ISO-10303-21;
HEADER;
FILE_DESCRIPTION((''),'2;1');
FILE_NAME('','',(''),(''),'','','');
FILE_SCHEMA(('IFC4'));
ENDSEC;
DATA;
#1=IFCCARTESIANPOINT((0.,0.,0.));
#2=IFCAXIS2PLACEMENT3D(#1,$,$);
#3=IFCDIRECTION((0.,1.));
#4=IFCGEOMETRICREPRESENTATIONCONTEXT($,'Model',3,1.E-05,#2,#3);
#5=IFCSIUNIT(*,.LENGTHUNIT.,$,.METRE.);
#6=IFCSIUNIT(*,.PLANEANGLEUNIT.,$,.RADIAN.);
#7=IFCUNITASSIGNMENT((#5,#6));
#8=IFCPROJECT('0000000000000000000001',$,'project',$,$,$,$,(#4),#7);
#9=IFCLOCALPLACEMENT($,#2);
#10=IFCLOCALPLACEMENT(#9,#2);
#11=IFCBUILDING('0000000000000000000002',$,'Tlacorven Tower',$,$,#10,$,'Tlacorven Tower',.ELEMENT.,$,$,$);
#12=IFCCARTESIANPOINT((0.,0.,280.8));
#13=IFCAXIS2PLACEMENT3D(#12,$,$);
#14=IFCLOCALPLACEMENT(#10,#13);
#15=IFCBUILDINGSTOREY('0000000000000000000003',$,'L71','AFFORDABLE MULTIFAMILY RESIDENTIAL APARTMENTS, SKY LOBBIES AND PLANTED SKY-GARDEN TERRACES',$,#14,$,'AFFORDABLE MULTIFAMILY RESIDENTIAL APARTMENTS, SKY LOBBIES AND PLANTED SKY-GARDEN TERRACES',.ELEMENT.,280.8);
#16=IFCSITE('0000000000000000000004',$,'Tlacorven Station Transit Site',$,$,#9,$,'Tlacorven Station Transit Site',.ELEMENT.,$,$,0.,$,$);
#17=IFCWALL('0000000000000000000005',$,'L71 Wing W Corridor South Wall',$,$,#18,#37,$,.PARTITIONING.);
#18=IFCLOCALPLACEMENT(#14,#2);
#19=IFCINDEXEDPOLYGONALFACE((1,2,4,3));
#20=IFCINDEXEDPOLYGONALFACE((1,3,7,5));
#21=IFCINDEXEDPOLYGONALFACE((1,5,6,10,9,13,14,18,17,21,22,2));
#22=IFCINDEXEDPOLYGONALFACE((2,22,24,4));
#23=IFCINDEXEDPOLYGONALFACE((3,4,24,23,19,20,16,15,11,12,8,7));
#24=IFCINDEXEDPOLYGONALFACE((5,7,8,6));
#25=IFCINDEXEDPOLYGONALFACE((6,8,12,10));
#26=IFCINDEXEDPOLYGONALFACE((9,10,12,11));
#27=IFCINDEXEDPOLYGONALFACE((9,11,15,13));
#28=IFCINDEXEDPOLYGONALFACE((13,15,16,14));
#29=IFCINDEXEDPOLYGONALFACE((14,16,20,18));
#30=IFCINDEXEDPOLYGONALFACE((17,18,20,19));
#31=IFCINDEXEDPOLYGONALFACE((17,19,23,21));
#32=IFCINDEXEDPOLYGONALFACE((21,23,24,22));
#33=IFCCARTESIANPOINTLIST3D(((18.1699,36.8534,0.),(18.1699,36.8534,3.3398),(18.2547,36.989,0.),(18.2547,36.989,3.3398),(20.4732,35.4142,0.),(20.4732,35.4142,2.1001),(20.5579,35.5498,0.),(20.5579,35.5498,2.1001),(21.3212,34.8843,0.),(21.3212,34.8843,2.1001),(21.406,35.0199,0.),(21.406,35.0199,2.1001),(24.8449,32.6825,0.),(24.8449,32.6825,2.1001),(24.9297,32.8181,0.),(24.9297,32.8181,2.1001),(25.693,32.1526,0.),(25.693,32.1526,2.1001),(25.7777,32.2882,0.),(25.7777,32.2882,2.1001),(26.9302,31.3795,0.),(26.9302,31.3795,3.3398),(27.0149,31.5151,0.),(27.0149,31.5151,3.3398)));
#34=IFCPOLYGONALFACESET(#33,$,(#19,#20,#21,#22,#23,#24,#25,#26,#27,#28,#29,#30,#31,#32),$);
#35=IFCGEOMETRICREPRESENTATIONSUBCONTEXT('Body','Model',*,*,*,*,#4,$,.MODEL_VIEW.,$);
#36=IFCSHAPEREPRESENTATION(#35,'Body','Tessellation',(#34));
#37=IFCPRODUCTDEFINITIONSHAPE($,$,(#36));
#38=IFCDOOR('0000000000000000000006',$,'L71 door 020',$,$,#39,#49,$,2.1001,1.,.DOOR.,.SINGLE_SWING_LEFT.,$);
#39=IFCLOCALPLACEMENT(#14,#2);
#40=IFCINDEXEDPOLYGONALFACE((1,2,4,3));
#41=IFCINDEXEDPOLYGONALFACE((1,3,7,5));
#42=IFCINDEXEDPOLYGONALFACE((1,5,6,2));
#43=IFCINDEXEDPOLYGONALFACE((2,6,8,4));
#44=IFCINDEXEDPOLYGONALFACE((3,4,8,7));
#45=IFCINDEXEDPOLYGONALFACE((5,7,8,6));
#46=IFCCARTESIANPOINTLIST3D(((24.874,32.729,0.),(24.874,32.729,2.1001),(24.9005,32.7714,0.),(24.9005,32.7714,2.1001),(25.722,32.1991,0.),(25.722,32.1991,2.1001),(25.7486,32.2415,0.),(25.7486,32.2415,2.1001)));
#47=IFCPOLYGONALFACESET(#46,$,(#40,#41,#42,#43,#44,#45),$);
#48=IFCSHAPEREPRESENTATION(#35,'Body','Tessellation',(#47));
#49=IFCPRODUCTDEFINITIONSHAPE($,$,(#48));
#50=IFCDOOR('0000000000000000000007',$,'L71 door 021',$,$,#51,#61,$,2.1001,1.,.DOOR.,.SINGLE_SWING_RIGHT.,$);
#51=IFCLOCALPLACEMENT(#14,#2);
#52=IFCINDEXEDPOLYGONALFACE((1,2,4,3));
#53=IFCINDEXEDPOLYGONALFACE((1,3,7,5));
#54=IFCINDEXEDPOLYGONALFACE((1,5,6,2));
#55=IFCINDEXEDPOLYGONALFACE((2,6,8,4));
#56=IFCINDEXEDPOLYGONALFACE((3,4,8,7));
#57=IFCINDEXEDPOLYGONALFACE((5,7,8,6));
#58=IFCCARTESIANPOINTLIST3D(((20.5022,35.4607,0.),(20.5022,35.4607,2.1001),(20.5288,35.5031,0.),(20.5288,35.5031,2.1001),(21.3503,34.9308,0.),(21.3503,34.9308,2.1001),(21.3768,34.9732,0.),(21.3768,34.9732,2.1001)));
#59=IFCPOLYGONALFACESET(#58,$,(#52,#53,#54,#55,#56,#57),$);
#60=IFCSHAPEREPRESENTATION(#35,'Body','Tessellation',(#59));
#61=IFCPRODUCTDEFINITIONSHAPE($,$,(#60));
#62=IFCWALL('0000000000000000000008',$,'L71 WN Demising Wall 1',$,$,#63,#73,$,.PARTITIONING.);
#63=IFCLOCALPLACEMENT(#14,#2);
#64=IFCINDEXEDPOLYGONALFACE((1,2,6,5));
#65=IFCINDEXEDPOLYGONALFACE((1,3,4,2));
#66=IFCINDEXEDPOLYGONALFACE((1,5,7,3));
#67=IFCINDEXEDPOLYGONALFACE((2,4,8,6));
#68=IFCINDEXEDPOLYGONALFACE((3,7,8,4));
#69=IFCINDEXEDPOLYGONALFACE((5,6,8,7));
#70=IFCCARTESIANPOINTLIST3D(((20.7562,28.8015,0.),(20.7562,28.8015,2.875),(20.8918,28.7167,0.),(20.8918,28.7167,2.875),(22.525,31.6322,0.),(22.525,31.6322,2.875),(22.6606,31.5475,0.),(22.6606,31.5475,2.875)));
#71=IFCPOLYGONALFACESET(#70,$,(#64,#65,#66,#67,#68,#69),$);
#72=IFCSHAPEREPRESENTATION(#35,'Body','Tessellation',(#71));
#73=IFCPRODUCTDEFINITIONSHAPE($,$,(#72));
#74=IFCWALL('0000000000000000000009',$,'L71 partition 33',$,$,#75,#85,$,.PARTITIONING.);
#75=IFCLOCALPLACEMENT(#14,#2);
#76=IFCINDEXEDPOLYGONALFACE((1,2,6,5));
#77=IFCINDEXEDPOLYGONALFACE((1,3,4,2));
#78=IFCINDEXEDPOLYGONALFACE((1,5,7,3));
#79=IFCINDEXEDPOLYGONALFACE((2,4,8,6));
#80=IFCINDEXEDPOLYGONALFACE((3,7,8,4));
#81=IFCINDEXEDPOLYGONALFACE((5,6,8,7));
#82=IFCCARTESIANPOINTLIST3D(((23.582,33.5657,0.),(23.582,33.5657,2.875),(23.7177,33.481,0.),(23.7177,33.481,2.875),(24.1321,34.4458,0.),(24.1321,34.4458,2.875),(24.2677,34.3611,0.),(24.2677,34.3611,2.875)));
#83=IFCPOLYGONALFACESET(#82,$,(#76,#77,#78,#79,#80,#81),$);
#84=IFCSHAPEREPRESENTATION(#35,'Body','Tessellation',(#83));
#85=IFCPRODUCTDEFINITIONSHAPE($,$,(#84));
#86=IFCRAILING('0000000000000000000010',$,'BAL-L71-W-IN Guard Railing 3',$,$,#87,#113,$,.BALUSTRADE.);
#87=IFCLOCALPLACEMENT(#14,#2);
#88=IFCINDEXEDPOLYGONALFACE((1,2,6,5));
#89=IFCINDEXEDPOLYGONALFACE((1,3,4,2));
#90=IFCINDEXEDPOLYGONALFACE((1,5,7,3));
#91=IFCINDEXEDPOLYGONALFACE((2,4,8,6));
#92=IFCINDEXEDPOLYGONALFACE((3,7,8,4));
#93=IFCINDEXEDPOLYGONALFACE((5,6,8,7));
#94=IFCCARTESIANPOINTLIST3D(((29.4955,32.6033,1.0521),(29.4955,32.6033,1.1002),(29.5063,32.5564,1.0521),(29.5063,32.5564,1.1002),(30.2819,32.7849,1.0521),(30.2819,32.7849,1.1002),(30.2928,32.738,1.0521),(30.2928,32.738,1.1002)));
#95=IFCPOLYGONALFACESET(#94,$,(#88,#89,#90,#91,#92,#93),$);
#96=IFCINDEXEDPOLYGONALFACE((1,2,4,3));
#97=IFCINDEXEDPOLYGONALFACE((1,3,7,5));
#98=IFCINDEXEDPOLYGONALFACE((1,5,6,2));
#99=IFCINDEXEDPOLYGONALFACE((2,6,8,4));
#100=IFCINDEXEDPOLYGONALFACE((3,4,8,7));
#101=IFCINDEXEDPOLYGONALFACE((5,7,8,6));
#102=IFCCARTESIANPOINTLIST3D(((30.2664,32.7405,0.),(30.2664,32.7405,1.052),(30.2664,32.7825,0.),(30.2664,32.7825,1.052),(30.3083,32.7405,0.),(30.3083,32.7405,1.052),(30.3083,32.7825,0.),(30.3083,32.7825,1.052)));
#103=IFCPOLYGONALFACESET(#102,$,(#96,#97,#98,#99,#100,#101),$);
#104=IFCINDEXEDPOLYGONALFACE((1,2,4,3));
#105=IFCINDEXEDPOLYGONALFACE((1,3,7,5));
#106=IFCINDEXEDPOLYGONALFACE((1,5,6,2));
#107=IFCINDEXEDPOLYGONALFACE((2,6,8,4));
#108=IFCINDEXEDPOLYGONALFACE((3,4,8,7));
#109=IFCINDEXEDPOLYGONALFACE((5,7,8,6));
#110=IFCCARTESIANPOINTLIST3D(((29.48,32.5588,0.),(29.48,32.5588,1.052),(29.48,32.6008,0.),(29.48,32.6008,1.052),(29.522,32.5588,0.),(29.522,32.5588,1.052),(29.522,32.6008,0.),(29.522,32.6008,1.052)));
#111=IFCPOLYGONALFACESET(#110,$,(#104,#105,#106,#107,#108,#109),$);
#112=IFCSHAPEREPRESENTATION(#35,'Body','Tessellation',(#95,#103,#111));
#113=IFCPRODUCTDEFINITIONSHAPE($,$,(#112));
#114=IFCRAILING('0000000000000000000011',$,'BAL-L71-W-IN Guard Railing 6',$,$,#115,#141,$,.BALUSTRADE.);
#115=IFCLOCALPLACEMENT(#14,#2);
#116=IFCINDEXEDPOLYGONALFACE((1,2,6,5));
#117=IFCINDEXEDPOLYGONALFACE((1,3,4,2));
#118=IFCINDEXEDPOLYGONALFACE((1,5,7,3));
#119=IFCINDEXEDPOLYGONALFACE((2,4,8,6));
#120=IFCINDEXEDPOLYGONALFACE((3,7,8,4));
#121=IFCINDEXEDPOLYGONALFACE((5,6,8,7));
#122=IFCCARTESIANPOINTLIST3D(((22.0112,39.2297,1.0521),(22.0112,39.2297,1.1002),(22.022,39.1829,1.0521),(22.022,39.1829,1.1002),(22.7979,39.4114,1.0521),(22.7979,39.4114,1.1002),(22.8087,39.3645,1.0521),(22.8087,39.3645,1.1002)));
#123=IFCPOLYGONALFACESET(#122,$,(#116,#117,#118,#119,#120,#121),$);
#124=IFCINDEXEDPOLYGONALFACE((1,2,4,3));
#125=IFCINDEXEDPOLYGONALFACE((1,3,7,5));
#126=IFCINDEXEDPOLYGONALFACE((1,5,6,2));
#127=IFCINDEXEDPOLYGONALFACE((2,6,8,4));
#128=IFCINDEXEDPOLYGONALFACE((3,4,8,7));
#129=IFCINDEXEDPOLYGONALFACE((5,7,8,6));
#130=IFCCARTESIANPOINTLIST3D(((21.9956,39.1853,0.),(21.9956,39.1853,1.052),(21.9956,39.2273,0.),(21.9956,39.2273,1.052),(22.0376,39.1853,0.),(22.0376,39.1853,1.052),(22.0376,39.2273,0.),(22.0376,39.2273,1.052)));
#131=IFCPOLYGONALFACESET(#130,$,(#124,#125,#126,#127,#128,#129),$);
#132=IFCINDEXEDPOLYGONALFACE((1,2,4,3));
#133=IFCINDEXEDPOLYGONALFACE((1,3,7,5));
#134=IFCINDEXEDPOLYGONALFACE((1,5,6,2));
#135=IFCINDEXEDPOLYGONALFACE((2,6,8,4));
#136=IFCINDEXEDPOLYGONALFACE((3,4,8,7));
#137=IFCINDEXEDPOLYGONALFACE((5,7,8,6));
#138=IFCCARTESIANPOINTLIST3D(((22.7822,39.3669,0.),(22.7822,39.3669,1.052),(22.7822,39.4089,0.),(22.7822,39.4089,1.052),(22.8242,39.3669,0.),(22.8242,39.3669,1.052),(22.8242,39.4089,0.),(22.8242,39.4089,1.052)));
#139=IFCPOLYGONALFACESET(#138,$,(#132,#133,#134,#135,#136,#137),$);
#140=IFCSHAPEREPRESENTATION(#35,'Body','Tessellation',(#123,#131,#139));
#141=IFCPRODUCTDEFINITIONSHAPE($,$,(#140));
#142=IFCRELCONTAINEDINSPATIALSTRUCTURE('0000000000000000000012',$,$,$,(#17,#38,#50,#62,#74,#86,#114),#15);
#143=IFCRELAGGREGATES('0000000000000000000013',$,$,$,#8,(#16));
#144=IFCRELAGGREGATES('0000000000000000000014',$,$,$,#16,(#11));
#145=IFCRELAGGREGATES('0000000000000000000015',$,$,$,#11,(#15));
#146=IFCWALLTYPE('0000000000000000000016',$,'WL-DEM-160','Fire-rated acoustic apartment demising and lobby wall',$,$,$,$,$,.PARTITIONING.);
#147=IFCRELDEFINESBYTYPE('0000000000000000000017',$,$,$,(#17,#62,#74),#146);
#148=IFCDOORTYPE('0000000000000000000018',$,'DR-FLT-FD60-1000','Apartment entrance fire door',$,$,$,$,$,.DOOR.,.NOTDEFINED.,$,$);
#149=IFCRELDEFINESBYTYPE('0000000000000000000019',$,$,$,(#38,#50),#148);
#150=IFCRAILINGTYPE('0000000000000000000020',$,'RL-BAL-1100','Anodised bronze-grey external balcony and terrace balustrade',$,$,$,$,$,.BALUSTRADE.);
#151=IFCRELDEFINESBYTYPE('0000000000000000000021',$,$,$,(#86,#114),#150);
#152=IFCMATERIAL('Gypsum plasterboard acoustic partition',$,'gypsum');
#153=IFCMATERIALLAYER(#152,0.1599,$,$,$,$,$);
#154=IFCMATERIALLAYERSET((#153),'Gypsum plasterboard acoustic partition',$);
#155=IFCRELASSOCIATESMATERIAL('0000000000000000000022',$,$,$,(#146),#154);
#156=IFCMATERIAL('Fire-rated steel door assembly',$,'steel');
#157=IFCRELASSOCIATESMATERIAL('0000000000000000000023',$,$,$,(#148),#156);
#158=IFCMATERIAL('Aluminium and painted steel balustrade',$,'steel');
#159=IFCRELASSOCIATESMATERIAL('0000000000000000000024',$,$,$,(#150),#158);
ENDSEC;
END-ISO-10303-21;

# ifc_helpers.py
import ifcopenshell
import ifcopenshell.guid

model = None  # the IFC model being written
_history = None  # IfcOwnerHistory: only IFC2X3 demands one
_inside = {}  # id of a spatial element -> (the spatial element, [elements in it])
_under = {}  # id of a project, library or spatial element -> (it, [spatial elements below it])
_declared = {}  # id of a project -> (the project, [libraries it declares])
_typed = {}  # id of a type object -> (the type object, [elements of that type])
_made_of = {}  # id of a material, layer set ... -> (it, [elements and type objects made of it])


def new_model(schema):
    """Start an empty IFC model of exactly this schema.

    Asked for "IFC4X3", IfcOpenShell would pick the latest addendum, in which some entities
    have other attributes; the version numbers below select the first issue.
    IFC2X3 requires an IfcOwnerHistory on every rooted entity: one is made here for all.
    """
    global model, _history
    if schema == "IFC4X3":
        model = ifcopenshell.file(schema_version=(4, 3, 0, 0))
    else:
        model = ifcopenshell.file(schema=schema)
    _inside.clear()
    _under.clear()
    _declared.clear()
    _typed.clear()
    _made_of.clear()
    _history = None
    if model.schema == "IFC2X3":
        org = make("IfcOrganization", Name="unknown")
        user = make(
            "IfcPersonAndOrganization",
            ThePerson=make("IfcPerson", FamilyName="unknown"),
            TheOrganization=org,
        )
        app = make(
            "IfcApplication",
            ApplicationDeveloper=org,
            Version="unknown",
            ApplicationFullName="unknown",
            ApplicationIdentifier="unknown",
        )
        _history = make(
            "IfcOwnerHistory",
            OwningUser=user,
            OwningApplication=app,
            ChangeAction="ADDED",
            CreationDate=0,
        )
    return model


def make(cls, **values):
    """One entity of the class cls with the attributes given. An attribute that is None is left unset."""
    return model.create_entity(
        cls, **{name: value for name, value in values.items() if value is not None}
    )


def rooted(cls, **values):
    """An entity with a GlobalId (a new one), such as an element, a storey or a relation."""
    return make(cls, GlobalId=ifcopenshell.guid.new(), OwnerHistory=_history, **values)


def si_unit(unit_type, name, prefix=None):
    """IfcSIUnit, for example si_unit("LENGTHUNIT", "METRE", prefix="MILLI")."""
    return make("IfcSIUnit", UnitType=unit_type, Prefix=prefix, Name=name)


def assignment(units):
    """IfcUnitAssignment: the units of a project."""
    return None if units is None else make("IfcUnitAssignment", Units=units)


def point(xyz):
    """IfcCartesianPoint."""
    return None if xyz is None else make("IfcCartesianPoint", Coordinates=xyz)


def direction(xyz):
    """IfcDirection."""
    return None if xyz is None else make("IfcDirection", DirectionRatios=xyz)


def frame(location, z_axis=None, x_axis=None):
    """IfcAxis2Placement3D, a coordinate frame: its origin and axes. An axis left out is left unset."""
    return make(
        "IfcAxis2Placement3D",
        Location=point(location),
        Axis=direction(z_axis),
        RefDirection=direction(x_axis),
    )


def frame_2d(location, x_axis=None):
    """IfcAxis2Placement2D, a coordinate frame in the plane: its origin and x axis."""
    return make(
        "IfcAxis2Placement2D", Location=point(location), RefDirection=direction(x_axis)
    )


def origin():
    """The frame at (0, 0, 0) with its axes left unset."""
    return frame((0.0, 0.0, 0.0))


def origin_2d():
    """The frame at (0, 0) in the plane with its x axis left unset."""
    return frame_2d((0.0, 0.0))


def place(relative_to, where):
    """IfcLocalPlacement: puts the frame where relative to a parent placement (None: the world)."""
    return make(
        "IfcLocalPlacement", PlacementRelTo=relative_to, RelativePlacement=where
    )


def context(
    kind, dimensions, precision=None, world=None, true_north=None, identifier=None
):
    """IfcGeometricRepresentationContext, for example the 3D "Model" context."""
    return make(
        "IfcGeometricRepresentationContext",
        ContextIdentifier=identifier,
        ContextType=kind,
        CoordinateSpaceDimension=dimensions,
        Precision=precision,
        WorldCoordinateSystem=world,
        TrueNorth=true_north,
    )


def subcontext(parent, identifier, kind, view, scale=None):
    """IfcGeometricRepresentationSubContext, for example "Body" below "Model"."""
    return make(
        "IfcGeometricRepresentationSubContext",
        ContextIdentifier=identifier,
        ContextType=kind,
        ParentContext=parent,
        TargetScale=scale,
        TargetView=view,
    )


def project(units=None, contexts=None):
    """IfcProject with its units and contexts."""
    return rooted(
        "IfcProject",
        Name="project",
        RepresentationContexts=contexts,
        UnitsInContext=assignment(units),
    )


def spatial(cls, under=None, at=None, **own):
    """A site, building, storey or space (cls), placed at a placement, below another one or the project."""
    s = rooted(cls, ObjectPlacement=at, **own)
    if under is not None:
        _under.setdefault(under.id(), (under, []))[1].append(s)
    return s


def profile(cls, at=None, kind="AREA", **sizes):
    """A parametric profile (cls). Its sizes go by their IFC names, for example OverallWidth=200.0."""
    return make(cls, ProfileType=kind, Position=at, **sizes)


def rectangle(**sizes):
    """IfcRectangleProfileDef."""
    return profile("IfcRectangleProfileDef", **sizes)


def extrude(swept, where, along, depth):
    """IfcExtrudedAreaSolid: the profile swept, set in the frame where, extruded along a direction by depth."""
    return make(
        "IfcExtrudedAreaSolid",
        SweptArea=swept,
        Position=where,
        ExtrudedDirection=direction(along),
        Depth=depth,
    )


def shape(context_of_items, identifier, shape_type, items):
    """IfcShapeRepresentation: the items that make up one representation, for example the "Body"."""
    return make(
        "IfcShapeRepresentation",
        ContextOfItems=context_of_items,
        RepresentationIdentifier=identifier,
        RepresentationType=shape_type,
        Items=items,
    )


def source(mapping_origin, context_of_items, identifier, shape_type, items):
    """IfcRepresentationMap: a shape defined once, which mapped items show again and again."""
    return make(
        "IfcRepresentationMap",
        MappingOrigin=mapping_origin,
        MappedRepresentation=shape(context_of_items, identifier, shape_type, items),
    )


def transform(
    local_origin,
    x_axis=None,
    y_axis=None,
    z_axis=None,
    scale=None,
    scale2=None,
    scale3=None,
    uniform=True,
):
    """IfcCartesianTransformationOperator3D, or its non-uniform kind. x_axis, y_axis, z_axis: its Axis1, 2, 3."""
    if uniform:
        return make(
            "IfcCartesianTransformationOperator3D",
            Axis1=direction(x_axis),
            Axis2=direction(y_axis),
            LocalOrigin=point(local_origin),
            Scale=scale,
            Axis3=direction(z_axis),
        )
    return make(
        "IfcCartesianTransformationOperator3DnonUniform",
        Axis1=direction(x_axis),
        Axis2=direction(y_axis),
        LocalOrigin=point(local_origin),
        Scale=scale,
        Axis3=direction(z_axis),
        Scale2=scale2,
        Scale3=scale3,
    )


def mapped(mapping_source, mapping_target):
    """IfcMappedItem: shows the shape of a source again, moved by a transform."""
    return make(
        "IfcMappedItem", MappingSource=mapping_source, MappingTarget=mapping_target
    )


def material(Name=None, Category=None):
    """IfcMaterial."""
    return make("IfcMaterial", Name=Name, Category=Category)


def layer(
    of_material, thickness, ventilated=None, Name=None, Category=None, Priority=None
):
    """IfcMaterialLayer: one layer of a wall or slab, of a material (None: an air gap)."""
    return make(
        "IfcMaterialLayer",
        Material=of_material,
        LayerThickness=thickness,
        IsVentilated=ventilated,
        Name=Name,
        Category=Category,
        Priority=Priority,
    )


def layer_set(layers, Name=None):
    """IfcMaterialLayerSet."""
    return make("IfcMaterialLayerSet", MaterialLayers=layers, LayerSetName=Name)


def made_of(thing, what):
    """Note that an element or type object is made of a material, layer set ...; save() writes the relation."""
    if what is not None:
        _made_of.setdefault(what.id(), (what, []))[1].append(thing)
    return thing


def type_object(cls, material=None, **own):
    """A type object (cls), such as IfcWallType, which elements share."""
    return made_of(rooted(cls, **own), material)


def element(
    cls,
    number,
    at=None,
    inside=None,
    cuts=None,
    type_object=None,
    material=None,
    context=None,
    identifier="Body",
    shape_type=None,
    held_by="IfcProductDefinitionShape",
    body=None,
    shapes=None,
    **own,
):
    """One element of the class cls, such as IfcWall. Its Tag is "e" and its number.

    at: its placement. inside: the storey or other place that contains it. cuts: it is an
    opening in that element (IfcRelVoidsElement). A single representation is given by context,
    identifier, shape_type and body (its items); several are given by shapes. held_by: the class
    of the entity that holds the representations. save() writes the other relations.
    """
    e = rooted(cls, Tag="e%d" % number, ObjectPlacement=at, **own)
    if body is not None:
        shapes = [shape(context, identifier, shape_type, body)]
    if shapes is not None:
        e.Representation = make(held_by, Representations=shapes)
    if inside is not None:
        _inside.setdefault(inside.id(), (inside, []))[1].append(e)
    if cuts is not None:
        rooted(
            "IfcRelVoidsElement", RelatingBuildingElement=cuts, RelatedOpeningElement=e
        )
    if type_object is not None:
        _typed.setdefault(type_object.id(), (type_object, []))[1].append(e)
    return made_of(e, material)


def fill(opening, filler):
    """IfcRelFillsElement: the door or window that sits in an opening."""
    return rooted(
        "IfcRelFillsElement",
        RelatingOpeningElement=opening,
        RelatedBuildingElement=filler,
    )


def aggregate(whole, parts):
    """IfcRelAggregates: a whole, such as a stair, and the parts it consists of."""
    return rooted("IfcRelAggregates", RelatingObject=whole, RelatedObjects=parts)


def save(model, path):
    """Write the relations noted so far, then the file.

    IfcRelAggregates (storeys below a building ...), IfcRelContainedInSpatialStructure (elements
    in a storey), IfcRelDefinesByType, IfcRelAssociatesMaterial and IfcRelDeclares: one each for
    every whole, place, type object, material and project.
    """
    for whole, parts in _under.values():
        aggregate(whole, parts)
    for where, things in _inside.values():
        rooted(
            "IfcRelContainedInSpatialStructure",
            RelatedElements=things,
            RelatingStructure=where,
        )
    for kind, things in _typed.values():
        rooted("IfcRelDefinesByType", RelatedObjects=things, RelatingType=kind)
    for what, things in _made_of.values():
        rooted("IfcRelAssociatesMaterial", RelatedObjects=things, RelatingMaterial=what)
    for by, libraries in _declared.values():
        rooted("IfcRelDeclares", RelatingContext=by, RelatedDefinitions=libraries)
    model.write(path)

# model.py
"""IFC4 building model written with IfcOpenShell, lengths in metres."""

from ifc_helpers import new_model, si_unit, direction, frame, frame_2d, origin, origin_2d, place, context, subcontext, project, spatial, rectangle, extrude, source, transform, mapped, material, layer, layer_set, type_object, element, fill, save


model = new_model("IFC4")

# Units and contexts
model_context = context("Model", 3, precision=1e-05, world=origin(), true_north=direction((0.0, 1.0)))
body_context = subcontext(model_context, "Body", "Model", "MODEL_VIEW")
ifc_project = project(units=[si_unit("LENGTHUNIT", "METRE"), si_unit("PLANEANGLEUNIT", "RADIAN")], contexts=[model_context])

# Site, building, storey
site_placement = place(None, origin())
site = spatial("IfcSite", under=ifc_project, at=site_placement, Name="Tlacorven Station Transit Site", LongName="Tlacorven Station Transit Site", CompositionType="ELEMENT", RefElevation=0.0)
building_placement = place(site_placement, origin())
building = spatial("IfcBuilding", under=site, at=building_placement, Name="Tlacorven Tower", LongName="Tlacorven Tower", CompositionType="ELEMENT")
storey_placement = place(building_placement, frame((0.0, 0.0, 280.8)))
storey = spatial("IfcBuildingStorey", under=building, at=storey_placement, Name="L71", Description="AFFORDABLE MULTIFAMILY RESIDENTIAL APARTMENTS, SKY LOBBIES AND PLANTED SKY-GARDEN TERRACES", LongName="AFFORDABLE MULTIFAMILY RESIDENTIAL APARTMENTS, SKY LOBBIES AND PLANTED SKY-GARDEN TERRACES", CompositionType="ELEMENT", Elevation=280.8)

# Shared definitions
ifc_material_1 = material(Name="Gypsum plasterboard acoustic partition", Category="gypsum")
ifc_layer = layer(ifc_material_1, 0.1599)
ifc_layer_set = layer_set([ifc_layer], Name="Gypsum plasterboard acoustic partition")
wall_type = type_object("IfcWallType", Name="WL-DEM-160", Description="Fire-rated acoustic apartment demising and lobby wall", PredefinedType="PARTITIONING", material=ifc_layer_set)

# Wall, openings, doors
wall_1_placement = place(storey_placement, frame((26.9727, 31.4473, 0.0), z_axis=(0.0, 0.0, 1.0), x_axis=(-0.848054, 0.52991, 0.0)))
wall_1 = element("IfcWall", 1, at=wall_1_placement, inside=storey, type_object=wall_type, Name="L71 Wing W Corridor South Wall", PredefinedType="PARTITIONING", context=body_context, shape_type="SweptSolid", body=[
    extrude(rectangle(XDim=10.3298, YDim=0.1599, at=frame_2d((5.165, 0.0))), origin(), (0.0, 0.0, 1.0), 3.3398),
])
opening_1_placement = place(wall_1_placement, frame((1.459, 0.0, 0.0)))
opening_1 = element("IfcOpeningElement", 2, at=opening_1_placement, cuts=wall_1, PredefinedType="OPENING", context=body_context, shape_type="SweptSolid", body=[
    extrude(rectangle(XDim=1.0, YDim=2.1001, at=frame_2d((0.5, 1.05))), frame((0.0, 0.0898, 0.0), z_axis=(0.0, -1.0, 0.0), x_axis=(1.0, 0.0, 0.0)), (0.0, 0.0, 1.0), 0.1799),
])
opening_2_placement = place(wall_1_placement, frame((6.614, 0.0, 0.0)))
opening_2 = element("IfcOpeningElement", 3, at=opening_2_placement, cuts=wall_1, PredefinedType="OPENING", context=body_context, shape_type="SweptSolid", body=[
    extrude(rectangle(XDim=1.0, YDim=2.1001, at=frame_2d((0.5, 1.05))), frame((0.0, 0.0898, 0.0), z_axis=(0.0, -1.0, 0.0), x_axis=(1.0, 0.0, 0.0)), (0.0, 0.0, 1.0), 0.1799),
])
ifc_material_2 = material(Name="Fire-rated steel door assembly", Category="steel")
door_type = type_object("IfcDoorType", Name="DR-FLT-FD60-1000", Description="Apartment entrance fire door", OperationType="NOTDEFINED", PredefinedType="DOOR", material=ifc_material_2)
shared_shape_1 = source(origin(), body_context, "Body", "SweptSolid", [
    extrude(rectangle(XDim=1.0, YDim=2.1001, at=frame_2d((0.5, 1.05))), frame((0.0, 0.0249, 0.0), z_axis=(0.0, -1.0, 0.0), x_axis=(1.0, 0.0, 0.0)), (0.0, 0.0, 1.0), 0.05),
])
door_1_placement = place(opening_1_placement, frame((1.0, 0.0, 0.0), z_axis=(0.0, 0.0, 1.0), x_axis=(-1.0, 0.0, 0.0)))
door_1 = element("IfcDoor", 4, at=door_1_placement, inside=storey, type_object=door_type, Name="L71 door 020", OperationType="SINGLE_SWING_LEFT", OverallHeight=2.1001, OverallWidth=1.0, PredefinedType="DOOR", context=body_context, shape_type="MappedRepresentation", body=[
    mapped(shared_shape_1, transform((0.0, 0.0, 0.0), scale=1.0)),
])
fill(opening_1, door_1)
door_2_placement = place(opening_2_placement, frame((1.0, 0.0, 0.0), z_axis=(0.0, 0.0, 1.0), x_axis=(-1.0, 0.0, 0.0)))
door_2 = element("IfcDoor", 5, at=door_2_placement, inside=storey, type_object=door_type, Name="L71 door 021", OperationType="SINGLE_SWING_RIGHT", OverallHeight=2.1001, OverallWidth=1.0, PredefinedType="DOOR", context=body_context, shape_type="MappedRepresentation", body=[
    mapped(shared_shape_1, transform((0.0, 0.0, 0.0), scale=1.0)),
])
fill(opening_2, door_2)

# Walls
wall_2_placement = place(storey_placement, frame((22.5928, 31.5898, 0.0), z_axis=(0.0, 0.0, 1.0), x_axis=(-0.5299, -0.84806, 0.0)))
element("IfcWall", 6, at=wall_2_placement, inside=storey, type_object=wall_type, Name="L71 WN Demising Wall 1", PredefinedType="PARTITIONING", context=body_context, shape_type="SweptSolid", body=[
    extrude(rectangle(XDim=3.3379, YDim=0.1599, at=frame_2d((1.6689, 0.0))), origin(), (0.0, 0.0, 1.0), 2.875),
])
wall_3_placement = place(storey_placement, frame((24.2, 34.4036, 0.0), z_axis=(0.0, 0.0, 1.0), x_axis=(-0.529978, -0.848012, 0.0)))
element("IfcWall", 7, at=wall_3_placement, inside=storey, type_object=wall_type, Name="L71 partition 33", PredefinedType="PARTITIONING", context=body_context, shape_type="SweptSolid", body=[
    extrude(rectangle(XDim=1.0378, YDim=0.1599, at=frame_2d((0.519, 0.0))), origin(), (0.0, 0.0, 1.0), 2.875),
])

# Railings
ifc_material_3 = material(Name="Aluminium and painted steel balustrade", Category="steel")
railing_type = type_object("IfcRailingType", Name="RL-BAL-1100", Description="Anodised bronze-grey external balcony and terrace balustrade", PredefinedType="BALUSTRADE", material=ifc_material_3)
shared_shape_2 = source(origin(), body_context, "Body", "SweptSolid", [
    extrude(rectangle(XDim=0.0481, YDim=0.0481, at=origin_2d()), frame((0.0, 0.0, 1.0762), z_axis=(-0.974345, -0.225058, 0.0), x_axis=(0.225058, -0.974345, 0.0)), (0.0, 0.0, 1.0), 0.8071),
    extrude(rectangle(XDim=0.042, YDim=0.042, at=origin_2d()), origin(), (0.0, 0.0, 1.0), 1.052),
    extrude(rectangle(XDim=0.042, YDim=0.042, at=origin_2d()), frame((-0.7864, -0.1816, 0.0)), (0.0, 0.0, 1.0), 1.052),
])
railing_1_placement = place(storey_placement, frame((30.2874, 32.7615, 0.0)))
element("IfcRailing", 8, at=railing_1_placement, inside=storey, type_object=railing_type, Name="BAL-L71-W-IN Guard Railing 3", PredefinedType="BALUSTRADE", context=body_context, shape_type="MappedRepresentation", body=[
    mapped(shared_shape_2, transform((0.0, 0.0, 0.0), scale=1.0)),
])
shared_shape_3 = source(origin(), body_context, "Body", "SweptSolid", [
    extrude(rectangle(XDim=0.0481, YDim=0.0481, at=origin_2d()), frame((0.0, 0.0, 1.0762), z_axis=(0.974361, 0.224992, 0.0), x_axis=(-0.224992, 0.974361, 0.0)), (0.0, 0.0, 1.0), 0.8074),
    extrude(rectangle(XDim=0.042, YDim=0.042, at=origin_2d()), origin(), (0.0, 0.0, 1.0), 1.052),
    extrude(rectangle(XDim=0.042, YDim=0.042, at=origin_2d()), frame((0.7866, 0.1816, 0.0)), (0.0, 0.0, 1.0), 1.052),
])
railing_2_placement = place(storey_placement, frame((22.0166, 39.2063, 0.0)))
element("IfcRailing", 9, at=railing_2_placement, inside=storey, type_object=railing_type, Name="BAL-L71-W-IN Guard Railing 6", PredefinedType="BALUSTRADE", context=body_context, shape_type="MappedRepresentation", body=[
    mapped(shared_shape_3, transform((0.0, 0.0, 0.0), scale=1.0)),
])

save(model, "model.ifc")
